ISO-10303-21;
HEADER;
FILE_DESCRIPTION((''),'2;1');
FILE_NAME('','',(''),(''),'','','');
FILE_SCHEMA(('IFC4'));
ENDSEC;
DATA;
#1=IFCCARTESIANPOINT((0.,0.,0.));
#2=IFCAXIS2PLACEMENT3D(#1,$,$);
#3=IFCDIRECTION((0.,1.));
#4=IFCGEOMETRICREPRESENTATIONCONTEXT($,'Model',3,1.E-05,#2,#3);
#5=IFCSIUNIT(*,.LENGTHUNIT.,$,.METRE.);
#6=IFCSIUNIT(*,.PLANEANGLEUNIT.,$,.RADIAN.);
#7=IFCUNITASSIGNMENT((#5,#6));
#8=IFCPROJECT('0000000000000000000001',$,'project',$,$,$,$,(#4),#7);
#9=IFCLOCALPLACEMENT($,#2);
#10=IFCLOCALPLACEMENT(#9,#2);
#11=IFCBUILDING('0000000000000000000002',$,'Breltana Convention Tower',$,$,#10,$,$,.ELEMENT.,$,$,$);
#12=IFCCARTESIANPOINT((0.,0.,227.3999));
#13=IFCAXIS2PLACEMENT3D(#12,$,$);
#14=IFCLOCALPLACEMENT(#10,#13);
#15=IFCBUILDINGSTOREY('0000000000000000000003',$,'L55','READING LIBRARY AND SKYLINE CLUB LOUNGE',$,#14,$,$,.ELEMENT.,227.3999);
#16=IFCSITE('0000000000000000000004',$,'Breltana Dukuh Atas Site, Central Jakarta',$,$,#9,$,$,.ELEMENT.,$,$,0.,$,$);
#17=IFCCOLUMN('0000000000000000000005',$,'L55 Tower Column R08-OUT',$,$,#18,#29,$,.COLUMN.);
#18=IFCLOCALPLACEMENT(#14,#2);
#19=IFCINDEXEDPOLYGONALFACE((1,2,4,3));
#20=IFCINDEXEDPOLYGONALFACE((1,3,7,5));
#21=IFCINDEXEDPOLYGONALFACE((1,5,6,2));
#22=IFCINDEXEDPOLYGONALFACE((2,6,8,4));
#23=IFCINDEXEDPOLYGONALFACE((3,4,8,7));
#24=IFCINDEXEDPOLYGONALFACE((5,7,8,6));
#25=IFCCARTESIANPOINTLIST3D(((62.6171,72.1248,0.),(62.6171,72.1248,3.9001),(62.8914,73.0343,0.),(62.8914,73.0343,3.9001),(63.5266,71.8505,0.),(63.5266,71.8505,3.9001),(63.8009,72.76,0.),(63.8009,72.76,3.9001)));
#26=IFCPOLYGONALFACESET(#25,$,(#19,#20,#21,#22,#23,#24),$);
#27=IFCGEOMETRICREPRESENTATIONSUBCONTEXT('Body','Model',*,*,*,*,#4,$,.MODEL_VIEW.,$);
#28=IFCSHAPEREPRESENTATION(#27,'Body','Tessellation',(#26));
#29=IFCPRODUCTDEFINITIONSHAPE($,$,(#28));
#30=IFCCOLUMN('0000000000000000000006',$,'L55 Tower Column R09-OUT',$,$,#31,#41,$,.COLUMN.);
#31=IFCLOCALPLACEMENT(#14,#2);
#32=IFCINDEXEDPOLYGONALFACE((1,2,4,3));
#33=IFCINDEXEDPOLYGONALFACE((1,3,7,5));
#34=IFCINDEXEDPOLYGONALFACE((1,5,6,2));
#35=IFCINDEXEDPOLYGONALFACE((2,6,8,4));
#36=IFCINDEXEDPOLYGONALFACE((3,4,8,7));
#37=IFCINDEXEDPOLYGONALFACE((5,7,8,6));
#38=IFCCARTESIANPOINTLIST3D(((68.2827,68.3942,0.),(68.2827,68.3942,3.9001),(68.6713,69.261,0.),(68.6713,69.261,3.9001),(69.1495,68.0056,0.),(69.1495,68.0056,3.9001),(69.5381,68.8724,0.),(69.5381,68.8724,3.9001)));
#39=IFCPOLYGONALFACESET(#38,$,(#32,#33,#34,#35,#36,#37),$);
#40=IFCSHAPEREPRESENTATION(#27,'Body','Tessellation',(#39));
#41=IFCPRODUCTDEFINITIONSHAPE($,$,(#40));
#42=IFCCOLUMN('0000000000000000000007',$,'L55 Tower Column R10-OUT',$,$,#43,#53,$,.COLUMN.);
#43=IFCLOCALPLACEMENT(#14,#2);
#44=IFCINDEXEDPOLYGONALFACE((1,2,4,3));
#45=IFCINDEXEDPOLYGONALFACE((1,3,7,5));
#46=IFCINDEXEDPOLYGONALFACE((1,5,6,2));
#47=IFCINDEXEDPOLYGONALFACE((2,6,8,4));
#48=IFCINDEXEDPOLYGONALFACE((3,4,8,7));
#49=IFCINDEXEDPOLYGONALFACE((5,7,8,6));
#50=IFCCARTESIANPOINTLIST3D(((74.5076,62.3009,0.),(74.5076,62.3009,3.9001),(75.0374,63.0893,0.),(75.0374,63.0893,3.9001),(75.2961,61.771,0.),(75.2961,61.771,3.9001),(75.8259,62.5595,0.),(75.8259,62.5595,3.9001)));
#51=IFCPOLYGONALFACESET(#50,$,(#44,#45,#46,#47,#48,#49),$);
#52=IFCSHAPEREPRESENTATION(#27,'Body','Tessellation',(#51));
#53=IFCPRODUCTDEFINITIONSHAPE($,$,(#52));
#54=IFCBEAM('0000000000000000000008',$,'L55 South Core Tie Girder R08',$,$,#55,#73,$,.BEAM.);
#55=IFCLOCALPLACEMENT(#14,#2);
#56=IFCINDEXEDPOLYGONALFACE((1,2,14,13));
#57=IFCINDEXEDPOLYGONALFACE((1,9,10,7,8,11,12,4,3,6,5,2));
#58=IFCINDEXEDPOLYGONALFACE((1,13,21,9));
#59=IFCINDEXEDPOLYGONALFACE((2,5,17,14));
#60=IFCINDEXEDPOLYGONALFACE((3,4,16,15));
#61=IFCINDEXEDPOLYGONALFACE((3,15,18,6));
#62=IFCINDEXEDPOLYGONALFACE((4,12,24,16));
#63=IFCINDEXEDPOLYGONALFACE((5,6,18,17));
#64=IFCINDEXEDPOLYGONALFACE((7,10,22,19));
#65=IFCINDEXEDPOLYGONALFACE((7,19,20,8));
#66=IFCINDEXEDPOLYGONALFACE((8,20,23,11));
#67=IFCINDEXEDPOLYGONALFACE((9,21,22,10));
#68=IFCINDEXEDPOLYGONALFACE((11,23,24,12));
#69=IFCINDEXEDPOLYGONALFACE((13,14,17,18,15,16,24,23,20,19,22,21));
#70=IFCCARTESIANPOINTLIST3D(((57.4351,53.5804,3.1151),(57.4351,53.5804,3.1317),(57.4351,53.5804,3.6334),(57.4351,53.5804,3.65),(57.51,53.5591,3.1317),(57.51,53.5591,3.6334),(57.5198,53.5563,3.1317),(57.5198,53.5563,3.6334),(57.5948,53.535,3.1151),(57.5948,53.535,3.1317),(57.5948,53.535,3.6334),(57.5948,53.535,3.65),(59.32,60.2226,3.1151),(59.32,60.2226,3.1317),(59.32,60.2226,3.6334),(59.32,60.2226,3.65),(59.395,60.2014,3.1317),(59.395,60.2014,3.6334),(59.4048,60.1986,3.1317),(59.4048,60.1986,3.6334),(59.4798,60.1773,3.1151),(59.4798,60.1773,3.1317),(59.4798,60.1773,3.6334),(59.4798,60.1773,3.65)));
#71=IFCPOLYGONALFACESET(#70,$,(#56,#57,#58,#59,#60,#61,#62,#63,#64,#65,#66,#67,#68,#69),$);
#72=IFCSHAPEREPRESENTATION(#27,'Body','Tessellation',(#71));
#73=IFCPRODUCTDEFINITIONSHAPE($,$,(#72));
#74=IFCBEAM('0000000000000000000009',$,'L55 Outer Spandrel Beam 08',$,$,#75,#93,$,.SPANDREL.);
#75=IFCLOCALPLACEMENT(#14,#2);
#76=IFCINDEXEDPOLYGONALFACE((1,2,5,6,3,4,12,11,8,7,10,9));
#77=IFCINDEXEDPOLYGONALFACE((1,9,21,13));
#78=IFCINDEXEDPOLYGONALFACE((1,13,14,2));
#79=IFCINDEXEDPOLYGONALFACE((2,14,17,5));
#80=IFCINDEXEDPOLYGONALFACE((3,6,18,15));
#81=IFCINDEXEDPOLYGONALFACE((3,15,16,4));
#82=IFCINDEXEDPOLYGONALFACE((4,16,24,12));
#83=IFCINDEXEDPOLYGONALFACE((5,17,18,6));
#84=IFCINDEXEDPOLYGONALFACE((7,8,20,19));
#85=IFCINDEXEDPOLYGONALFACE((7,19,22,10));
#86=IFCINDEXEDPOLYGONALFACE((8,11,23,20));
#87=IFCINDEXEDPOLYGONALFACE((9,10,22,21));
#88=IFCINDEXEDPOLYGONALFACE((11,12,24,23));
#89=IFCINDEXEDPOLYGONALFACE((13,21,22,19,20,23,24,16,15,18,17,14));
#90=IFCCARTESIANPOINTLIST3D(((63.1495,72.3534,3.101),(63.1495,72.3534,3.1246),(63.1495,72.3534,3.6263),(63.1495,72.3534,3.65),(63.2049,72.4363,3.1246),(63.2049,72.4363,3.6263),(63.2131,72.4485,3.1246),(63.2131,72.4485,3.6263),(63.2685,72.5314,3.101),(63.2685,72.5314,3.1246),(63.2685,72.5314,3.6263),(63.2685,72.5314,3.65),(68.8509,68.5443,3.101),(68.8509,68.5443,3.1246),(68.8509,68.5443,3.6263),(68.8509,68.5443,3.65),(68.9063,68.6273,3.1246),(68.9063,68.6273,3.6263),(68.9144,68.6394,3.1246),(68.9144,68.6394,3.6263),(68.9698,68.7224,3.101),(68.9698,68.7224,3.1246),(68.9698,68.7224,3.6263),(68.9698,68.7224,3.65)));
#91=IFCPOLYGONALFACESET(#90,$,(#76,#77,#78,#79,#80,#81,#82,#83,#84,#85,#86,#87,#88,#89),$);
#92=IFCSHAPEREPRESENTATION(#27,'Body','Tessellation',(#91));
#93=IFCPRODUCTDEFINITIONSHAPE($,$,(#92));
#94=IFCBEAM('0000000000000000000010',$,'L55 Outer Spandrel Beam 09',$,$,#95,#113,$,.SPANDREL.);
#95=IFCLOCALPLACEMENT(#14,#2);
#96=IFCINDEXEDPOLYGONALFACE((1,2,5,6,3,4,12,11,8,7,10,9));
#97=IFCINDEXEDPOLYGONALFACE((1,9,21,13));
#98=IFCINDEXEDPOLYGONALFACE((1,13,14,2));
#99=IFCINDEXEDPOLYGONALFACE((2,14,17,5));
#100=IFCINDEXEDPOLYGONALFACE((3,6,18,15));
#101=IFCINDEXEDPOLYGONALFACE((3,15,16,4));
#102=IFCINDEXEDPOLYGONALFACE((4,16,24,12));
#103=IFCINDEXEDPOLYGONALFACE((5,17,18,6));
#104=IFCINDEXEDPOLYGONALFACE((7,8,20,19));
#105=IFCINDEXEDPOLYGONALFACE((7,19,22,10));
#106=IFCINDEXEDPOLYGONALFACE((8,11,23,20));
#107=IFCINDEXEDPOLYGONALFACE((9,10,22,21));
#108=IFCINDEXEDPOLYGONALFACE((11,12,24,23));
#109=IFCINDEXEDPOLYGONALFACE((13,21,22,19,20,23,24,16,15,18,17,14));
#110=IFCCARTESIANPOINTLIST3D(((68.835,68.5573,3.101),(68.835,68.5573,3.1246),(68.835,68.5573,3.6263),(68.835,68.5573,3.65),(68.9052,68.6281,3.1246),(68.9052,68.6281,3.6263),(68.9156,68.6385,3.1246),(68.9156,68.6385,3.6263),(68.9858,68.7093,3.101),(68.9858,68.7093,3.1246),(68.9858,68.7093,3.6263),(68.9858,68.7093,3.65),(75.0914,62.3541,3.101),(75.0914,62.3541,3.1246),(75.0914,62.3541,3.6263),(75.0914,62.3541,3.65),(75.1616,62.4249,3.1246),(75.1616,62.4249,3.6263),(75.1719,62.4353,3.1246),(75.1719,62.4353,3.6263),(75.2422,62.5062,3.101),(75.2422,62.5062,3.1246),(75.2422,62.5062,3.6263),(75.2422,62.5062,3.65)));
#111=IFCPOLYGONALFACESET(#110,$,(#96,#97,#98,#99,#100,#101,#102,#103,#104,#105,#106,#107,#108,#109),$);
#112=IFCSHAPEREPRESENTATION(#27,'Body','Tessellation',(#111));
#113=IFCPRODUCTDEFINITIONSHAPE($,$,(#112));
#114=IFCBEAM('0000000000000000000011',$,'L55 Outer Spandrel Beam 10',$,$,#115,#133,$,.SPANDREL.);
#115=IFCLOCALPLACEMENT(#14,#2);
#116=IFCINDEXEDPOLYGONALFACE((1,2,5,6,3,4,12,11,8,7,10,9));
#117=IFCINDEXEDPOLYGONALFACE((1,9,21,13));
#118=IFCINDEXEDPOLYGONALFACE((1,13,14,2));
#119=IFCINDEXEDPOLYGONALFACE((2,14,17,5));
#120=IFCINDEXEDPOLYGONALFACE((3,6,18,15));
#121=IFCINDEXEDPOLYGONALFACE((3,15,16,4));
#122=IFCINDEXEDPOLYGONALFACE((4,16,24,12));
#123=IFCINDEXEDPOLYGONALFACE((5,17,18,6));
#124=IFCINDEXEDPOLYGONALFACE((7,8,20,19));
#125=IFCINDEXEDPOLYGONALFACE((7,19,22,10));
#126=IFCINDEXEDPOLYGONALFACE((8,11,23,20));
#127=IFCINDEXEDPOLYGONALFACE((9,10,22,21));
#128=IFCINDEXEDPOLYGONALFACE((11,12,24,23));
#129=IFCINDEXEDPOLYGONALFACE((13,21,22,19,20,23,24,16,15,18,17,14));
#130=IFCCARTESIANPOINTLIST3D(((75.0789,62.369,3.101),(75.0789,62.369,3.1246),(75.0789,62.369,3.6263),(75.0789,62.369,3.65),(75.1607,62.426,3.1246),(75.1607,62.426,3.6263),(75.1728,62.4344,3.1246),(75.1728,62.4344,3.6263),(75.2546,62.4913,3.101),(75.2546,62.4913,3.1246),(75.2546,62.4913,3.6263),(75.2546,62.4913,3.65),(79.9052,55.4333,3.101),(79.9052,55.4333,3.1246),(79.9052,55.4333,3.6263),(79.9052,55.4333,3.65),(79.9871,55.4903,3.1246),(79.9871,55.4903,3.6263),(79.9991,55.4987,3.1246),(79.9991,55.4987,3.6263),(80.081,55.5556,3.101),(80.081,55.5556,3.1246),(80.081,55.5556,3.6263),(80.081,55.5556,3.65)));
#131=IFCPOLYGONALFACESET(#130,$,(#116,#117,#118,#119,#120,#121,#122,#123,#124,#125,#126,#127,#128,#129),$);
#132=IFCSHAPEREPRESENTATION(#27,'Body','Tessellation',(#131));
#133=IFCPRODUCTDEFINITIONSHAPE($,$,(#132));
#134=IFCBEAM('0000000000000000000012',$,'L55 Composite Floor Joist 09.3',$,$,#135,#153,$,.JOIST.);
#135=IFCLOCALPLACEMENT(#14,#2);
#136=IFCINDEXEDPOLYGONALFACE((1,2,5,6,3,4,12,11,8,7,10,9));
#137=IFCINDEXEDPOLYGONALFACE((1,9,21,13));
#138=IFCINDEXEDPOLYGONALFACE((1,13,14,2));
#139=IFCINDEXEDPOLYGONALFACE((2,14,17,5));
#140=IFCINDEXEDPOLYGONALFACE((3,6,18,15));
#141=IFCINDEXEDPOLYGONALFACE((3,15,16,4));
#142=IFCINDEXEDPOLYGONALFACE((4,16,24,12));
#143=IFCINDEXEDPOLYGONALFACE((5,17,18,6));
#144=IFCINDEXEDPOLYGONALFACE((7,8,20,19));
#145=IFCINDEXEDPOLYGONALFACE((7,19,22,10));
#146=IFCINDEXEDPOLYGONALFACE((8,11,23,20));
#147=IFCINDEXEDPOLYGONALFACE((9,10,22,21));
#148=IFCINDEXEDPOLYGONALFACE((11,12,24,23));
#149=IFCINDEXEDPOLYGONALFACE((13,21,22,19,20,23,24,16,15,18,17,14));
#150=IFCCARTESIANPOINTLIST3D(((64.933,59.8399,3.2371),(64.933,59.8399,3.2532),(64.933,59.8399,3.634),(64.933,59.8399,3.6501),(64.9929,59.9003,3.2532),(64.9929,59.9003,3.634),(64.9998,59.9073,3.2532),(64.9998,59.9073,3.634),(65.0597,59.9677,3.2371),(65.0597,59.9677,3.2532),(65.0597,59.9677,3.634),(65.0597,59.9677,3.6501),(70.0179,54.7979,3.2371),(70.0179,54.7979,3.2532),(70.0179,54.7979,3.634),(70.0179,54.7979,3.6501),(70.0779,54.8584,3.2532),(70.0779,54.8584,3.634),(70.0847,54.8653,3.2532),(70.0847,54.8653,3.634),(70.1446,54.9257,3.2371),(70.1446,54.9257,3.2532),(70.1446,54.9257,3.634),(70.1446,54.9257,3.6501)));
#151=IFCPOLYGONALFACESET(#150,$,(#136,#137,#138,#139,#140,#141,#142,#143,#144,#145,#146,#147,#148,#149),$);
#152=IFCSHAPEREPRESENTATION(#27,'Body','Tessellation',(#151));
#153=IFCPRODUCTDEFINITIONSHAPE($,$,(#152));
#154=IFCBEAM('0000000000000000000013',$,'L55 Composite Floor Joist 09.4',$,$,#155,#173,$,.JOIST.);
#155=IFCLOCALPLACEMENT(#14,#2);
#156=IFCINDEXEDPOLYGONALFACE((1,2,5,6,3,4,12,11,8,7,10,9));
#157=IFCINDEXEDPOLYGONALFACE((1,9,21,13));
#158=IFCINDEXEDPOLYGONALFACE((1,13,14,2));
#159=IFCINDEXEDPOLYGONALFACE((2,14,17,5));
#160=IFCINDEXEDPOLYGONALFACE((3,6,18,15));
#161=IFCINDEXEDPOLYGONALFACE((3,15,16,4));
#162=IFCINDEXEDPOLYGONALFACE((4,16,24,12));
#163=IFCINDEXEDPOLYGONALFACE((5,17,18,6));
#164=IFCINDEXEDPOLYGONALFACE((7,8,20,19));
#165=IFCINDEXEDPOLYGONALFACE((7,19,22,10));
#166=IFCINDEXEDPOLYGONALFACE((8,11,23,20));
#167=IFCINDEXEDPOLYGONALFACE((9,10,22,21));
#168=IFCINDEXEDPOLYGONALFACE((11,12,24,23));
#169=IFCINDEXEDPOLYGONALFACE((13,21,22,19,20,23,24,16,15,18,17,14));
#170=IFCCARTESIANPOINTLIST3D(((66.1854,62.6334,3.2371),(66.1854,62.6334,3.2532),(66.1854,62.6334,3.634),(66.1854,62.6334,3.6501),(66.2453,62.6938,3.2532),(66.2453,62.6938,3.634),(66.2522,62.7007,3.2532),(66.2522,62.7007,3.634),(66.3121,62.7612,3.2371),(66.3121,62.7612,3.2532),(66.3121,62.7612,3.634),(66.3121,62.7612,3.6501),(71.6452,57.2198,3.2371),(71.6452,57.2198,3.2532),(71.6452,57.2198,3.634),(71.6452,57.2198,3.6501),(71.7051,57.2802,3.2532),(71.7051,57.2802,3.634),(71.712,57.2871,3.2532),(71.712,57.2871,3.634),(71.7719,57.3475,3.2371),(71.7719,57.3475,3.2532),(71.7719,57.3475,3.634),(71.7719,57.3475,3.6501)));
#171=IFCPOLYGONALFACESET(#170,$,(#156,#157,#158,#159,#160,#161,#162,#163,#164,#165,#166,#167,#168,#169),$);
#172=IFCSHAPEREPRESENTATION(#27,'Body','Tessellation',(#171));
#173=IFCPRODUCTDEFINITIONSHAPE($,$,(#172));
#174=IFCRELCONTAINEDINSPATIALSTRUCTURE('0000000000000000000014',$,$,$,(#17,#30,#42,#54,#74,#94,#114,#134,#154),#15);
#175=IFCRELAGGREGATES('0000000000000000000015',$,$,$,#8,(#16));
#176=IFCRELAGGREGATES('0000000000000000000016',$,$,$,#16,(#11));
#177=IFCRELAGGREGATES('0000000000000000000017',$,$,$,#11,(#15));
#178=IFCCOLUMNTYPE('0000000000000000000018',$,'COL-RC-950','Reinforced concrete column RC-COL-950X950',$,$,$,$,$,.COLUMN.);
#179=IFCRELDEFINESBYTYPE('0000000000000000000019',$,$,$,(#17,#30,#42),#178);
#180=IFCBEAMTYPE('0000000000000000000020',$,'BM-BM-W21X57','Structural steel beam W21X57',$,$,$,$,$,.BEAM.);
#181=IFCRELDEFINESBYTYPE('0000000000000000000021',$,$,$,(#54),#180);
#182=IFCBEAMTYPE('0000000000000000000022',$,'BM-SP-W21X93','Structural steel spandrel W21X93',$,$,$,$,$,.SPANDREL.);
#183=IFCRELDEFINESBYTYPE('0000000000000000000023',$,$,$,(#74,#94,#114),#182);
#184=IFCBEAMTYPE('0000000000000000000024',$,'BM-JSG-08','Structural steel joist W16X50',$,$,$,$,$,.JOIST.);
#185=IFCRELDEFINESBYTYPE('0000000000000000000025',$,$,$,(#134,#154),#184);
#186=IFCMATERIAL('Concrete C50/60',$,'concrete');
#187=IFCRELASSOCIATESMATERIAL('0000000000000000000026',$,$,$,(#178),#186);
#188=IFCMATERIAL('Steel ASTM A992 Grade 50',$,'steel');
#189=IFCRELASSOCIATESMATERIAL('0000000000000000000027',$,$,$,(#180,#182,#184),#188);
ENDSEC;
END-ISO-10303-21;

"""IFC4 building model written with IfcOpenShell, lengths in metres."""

from ifc_helpers import new_model, si_unit, direction, frame, origin, origin_2d, place, context, subcontext, project, spatial, rectangle, i_section, extrude, source, transform, mapped, material, material_profile, profile_set, type_object, type_shapes, element, save


model = new_model("IFC4")

# Units and contexts
model_context = context("Model", 3, precision=1e-05, world=origin(), true_north=direction((0.0, 1.0)))
body_context = subcontext(model_context, "Body", "Model", "MODEL_VIEW")
ifc_project = project(units=[si_unit("LENGTHUNIT", "METRE"), si_unit("PLANEANGLEUNIT", "RADIAN")], contexts=[model_context])

# Site, building, storey
site_placement = place(None, origin())
site = spatial("IfcSite", under=ifc_project, at=site_placement, Name="Breltana Dukuh Atas Site, Central Jakarta", CompositionType="ELEMENT", RefElevation=0.0)
building_placement = place(site_placement, origin())
building = spatial("IfcBuilding", under=site, at=building_placement, Name="Breltana Convention Tower", CompositionType="ELEMENT")
storey_placement = place(building_placement, frame((0.0, 0.0, 227.3999)))
storey = spatial("IfcBuildingStorey", under=building, at=storey_placement, Name="L55", Description="READING LIBRARY AND SKYLINE CLUB LOUNGE", CompositionType="ELEMENT", Elevation=227.3999)

# Columns
ifc_material_1 = material(Name="Concrete C50/60", Category="concrete")
ifc_material_profile_1 = material_profile(ifc_material_1, rectangle(XDim=0.95, YDim=0.95, at=origin_2d()), Name="RC-COL-950X950")
ifc_profile_set_1 = profile_set([ifc_material_profile_1], Name="Concrete C50/60")
column_type = type_object("IfcColumnType", Name="COL-RC-950", Description="Reinforced concrete column RC-COL-950X950", PredefinedType="COLUMN", material=ifc_profile_set_1)
shared_shape_1 = source(origin(), body_context, "Body", "SweptSolid", [
    extrude(rectangle(XDim=0.95, YDim=0.95, at=origin_2d()), origin(), (0.0, 0.0, 1.0), 3.9001),
])
for number, where, z_axis, x_axis, name in (
    (1, (63.209, 72.4424, 0.0), (0.0, 0.0, 1.0), (0.288698, 0.95742, 0.0), "L55 Tower Column R08-OUT"),
    (2, (68.9104, 68.6333, 0.0), (0.0, 0.0, 1.0), (0.409127, 0.912477, 0.0), "L55 Tower Column R09-OUT"),
    (3, (75.1667, 62.4302, 0.0), (0.0, 0.0, 1.0), (0.557745, 0.830012, 0.0), "L55 Tower Column R10-OUT"),
):
    element("IfcColumn", number, at=place(storey_placement, frame(where, z_axis=z_axis, x_axis=x_axis)), inside=storey, type_object=column_type, Name=name, PredefinedType="COLUMN", context=body_context, shape_type="MappedRepresentation", body=[
        mapped(shared_shape_1, transform((0.0, 0.0, 0.0), scale=1.0)),
    ])

# Beams
ifc_material_2 = material(Name="Steel ASTM A992 Grade 50", Category="steel")
ifc_material_profile_2 = material_profile(ifc_material_2, i_section(OverallWidth=0.166, OverallDepth=0.5349, WebThickness=0.0103, FlangeThickness=0.0166, at=origin_2d()), Name="W21X57")
ifc_profile_set_2 = profile_set([ifc_material_profile_2], Name="Steel ASTM A992 Grade 50")
beam_type_1 = type_object("IfcBeamType", Name="BM-BM-W21X57", Description="Structural steel beam W21X57", PredefinedType="BEAM", material=ifc_profile_set_2)
shared_shape_2 = source(origin(), body_context, "Body", "SweptSolid", [
    extrude(i_section(OverallWidth=0.166, OverallDepth=0.5349, WebThickness=0.0103, FlangeThickness=0.0166, at=origin_2d()), origin(), (0.0, 0.0, 1.0), 6.9045),
])
type_shapes(beam_type_1, [shared_shape_2])
beam_1_placement = place(storey_placement, frame((59.3999, 60.2, 3.3826), z_axis=(-0.273007, -0.962012, 0.0), x_axis=(0.962012, -0.273007, 0.0)))
element("IfcBeam", 4, at=beam_1_placement, inside=storey, type_object=beam_type_1, Name="L55 South Core Tie Girder R08", PredefinedType="BEAM", context=body_context, shape_type="MappedRepresentation", body=[
    mapped(shared_shape_2, transform((0.0, 0.0, 0.0), scale=1.0)),
])
ifc_material_profile_3 = material_profile(ifc_material_2, i_section(OverallWidth=0.2141, OverallDepth=0.5491, WebThickness=0.0146, FlangeThickness=0.0237, at=origin_2d()), Name="W21X93")
ifc_profile_set_3 = profile_set([ifc_material_profile_3], Name="Steel ASTM A992 Grade 50")
beam_type_2 = type_object("IfcBeamType", Name="BM-SP-W21X93", Description="Structural steel spandrel W21X93", PredefinedType="SPANDREL", material=ifc_profile_set_3)
shared_shape_3 = source(origin(), body_context, "Body", "SweptSolid", [
    extrude(i_section(OverallWidth=0.2141, OverallDepth=0.5491, WebThickness=0.0146, FlangeThickness=0.0237, at=origin_2d()), origin(), (0.0, 0.0, 1.0), 6.8567),
])
beam_2_placement = place(storey_placement, frame((63.209, 72.4424, 3.3755), z_axis=(0.831502, -0.555522, 0.0), x_axis=(0.555522, 0.831502, 0.0)))
element("IfcBeam", 5, at=beam_2_placement, inside=storey, type_object=beam_type_2, Name="L55 Outer Spandrel Beam 08", PredefinedType="SPANDREL", context=body_context, shape_type="MappedRepresentation", body=[
    mapped(shared_shape_3, transform((0.0, 0.0, 0.0), scale=1.0)),
])
shared_shape_4 = source(origin(), body_context, "Body", "SweptSolid", [
    extrude(i_section(OverallWidth=0.2141, OverallDepth=0.5491, WebThickness=0.0146, FlangeThickness=0.0237, at=origin_2d()), origin(), (0.0, 0.0, 1.0), 8.8103),
])
beam_3_placement = place(storey_placement, frame((68.9104, 68.6333, 3.3755), z_axis=(0.710121, -0.70408, 0.0), x_axis=(0.70408, 0.710121, 0.0)))
element("IfcBeam", 6, at=beam_3_placement, inside=storey, type_object=beam_type_2, Name="L55 Outer Spandrel Beam 09", PredefinedType="SPANDREL", context=body_context, shape_type="MappedRepresentation", body=[
    mapped(shared_shape_4, transform((0.0, 0.0, 0.0), scale=1.0)),
])
shared_shape_5 = source(origin(), body_context, "Body", "SweptSolid", [
    extrude(i_section(OverallWidth=0.2141, OverallDepth=0.5491, WebThickness=0.0146, FlangeThickness=0.0237, at=origin_2d()), origin(), (0.0, 0.0, 1.0), 8.4497),
])
beam_4_placement = place(storey_placement, frame((75.1667, 62.4302, 3.3755), z_axis=(0.571186, -0.820821, 0.0), x_axis=(0.820821, 0.571186, 0.0)))
element("IfcBeam", 7, at=beam_4_placement, inside=storey, type_object=beam_type_2, Name="L55 Outer Spandrel Beam 10", PredefinedType="SPANDREL", context=body_context, shape_type="MappedRepresentation", body=[
    mapped(shared_shape_5, transform((0.0, 0.0, 0.0), scale=1.0)),
])
ifc_material_profile_4 = material_profile(ifc_material_2, i_section(OverallWidth=0.1799, OverallDepth=0.4131, WebThickness=0.0098, FlangeThickness=0.0161, at=origin_2d()), Name="W16X50")
ifc_profile_set_4 = profile_set([ifc_material_profile_4], Name="Steel ASTM A992 Grade 50")
beam_type_3 = type_object("IfcBeamType", Name="BM-JSG-08", Description="Structural steel joist W16X50", PredefinedType="JOIST", material=ifc_profile_set_4)
shared_shape_6 = source(origin(), body_context, "Body", "SweptSolid", [
    extrude(i_section(OverallWidth=0.1799, OverallDepth=0.4131, WebThickness=0.0098, FlangeThickness=0.0161, at=origin_2d()), origin(), (0.0, 0.0, 1.0), 7.1609),
])
beam_5_placement = place(storey_placement, frame((64.9963, 59.9038, 3.4436), z_axis=(0.710101, -0.7041, 0.0), x_axis=(0.7041, 0.710101, 0.0)))
element("IfcBeam", 8, at=beam_5_placement, inside=storey, type_object=beam_type_3, Name="L55 Composite Floor Joist 09.3", PredefinedType="JOIST", context=body_context, shape_type="MappedRepresentation", body=[
    mapped(shared_shape_6, transform((0.0, 0.0, 0.0), scale=1.0)),
])
shared_shape_7 = source(origin(), body_context, "Body", "SweptSolid", [
    extrude(i_section(OverallWidth=0.1799, OverallDepth=0.4131, WebThickness=0.0098, FlangeThickness=0.0161, at=origin_2d()), origin(), (0.0, 0.0, 1.0), 7.6887),
])
beam_6_placement = place(storey_placement, frame((66.2488, 62.6973, 3.4436), z_axis=(0.710101, -0.7041, 0.0), x_axis=(0.7041, 0.710101, 0.0)))
element("IfcBeam", 9, at=beam_6_placement, inside=storey, type_object=beam_type_3, Name="L55 Composite Floor Joist 09.4", PredefinedType="JOIST", context=body_context, shape_type="MappedRepresentation", body=[
    mapped(shared_shape_7, transform((0.0, 0.0, 0.0), scale=1.0)),
])

save(model, "model.ifc")
